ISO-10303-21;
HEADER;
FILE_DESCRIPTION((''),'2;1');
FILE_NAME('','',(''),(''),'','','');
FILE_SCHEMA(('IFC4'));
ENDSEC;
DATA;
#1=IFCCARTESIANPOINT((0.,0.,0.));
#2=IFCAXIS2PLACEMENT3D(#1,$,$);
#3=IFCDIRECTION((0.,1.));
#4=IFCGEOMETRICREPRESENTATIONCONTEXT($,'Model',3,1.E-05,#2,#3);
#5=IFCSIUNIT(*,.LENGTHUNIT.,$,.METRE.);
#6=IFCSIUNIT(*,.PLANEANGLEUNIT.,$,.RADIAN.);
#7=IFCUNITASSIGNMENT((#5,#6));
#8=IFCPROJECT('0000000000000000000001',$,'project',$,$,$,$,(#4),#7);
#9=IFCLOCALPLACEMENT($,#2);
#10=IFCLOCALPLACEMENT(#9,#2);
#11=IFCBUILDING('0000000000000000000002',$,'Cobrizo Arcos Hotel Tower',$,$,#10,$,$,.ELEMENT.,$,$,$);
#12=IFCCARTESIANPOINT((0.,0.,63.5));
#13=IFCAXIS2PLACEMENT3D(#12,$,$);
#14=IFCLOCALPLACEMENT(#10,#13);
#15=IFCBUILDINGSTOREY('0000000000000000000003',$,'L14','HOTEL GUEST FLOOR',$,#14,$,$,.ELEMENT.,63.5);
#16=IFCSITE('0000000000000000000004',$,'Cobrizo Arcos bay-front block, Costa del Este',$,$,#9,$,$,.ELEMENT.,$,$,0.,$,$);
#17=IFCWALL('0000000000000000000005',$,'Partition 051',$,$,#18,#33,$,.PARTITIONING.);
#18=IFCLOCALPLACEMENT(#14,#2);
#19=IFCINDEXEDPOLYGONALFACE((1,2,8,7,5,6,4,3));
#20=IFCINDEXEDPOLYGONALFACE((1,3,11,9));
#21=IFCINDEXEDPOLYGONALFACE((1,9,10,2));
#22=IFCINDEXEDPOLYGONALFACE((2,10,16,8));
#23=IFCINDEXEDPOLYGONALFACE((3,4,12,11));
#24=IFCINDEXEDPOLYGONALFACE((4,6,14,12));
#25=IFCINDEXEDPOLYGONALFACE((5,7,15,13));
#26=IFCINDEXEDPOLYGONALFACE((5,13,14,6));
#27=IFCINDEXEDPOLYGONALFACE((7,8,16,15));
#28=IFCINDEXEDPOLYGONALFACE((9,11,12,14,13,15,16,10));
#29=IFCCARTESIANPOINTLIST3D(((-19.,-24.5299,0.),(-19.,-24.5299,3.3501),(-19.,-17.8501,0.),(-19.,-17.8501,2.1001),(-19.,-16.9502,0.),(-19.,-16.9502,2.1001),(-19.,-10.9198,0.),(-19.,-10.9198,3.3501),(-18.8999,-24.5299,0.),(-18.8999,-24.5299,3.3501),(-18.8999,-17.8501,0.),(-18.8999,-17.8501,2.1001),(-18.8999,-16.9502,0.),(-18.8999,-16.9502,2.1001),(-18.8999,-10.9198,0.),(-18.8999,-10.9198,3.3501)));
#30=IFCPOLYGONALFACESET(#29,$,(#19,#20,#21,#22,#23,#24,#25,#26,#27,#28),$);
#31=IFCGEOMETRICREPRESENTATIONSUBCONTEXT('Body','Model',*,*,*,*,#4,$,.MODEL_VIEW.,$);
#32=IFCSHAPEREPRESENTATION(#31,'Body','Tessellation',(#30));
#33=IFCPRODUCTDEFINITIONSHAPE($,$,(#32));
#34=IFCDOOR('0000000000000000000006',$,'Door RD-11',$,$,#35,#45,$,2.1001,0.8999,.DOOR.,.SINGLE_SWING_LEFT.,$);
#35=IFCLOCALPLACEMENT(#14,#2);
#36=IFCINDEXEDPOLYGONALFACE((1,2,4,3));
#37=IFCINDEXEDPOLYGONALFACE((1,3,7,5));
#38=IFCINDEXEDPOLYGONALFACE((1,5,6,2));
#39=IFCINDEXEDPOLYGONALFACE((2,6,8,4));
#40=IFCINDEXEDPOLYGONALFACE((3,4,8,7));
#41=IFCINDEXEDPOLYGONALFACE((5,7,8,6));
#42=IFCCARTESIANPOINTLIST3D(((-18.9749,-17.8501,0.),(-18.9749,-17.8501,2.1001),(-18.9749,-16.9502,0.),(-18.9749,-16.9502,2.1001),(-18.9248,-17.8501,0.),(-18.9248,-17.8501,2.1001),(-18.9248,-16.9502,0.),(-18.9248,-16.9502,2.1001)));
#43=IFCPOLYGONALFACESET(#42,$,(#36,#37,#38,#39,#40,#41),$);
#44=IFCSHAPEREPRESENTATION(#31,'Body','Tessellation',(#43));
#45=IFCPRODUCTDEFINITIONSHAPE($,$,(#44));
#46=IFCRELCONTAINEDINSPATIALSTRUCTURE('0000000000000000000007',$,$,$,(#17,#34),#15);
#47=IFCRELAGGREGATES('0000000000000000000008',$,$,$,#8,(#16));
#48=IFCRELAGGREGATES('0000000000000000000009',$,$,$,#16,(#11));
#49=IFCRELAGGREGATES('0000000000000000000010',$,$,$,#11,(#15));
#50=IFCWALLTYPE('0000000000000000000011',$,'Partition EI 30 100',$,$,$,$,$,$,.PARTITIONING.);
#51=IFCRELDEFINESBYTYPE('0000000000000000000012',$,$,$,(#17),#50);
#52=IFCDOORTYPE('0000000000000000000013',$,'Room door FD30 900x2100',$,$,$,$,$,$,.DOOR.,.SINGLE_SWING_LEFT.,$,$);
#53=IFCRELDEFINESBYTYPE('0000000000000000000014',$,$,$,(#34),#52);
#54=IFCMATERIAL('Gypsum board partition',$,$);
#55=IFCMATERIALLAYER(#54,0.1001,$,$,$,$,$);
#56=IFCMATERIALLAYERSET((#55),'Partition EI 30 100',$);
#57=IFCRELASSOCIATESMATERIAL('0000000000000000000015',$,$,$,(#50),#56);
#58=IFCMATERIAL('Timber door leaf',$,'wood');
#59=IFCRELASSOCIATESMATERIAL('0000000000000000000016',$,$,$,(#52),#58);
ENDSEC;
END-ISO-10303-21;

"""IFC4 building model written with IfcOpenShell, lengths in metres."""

from ifc_helpers import new_model, si_unit, direction, frame, frame_2d, origin, place, context, subcontext, project, spatial, rectangle, extrude, material, layer, layer_set, type_object, element, fill, save


model = new_model("IFC4")

# Units and contexts
model_context = context("Model", 3, precision=1e-05, world=origin(), true_north=direction((0.0, 1.0)))
body_context = subcontext(model_context, "Body", "Model", "MODEL_VIEW")
ifc_project = project(units=[si_unit("LENGTHUNIT", "METRE"), si_unit("PLANEANGLEUNIT", "RADIAN")], contexts=[model_context])

# Site, building, storey
site_placement = place(None, origin())
site = spatial("IfcSite", under=ifc_project, at=site_placement, Name="Cobrizo Arcos bay-front block, Costa del Este", CompositionType="ELEMENT", RefElevation=0.0)
building_placement = place(site_placement, origin())
building = spatial("IfcBuilding", under=site, at=building_placement, Name="Cobrizo Arcos Hotel Tower", CompositionType="ELEMENT")
storey_placement = place(building_placement, frame((0.0, 0.0, 63.5)))
storey = spatial("IfcBuildingStorey", under=building, at=storey_placement, Name="L14", Description="HOTEL GUEST FLOOR", CompositionType="ELEMENT", Elevation=63.5)

# Wall, opening, door
ifc_material_1 = material(Name="Gypsum board partition")
ifc_layer_1 = layer(ifc_material_1, 0.1001)
ifc_layer_set_1 = layer_set([ifc_layer_1], Name="Partition EI 30 100")
wall_type = type_object("IfcWallType", Name="Partition EI 30 100", PredefinedType="PARTITIONING", material=ifc_layer_set_1)
wall_placement = place(storey_placement, frame((-18.95, -24.53, 0.0), z_axis=(0.0, 0.0, 1.0), x_axis=(0.0, 1.0, 0.0)))
wall = element("IfcWall", 1, at=wall_placement, inside=storey, type_object=wall_type, Name="Partition 051", PredefinedType="PARTITIONING", context=body_context, shape_type="SweptSolid", body=[
    extrude(rectangle(XDim=13.6101, YDim=0.1001, at=frame_2d((6.8052, 0.0))), origin(), (0.0, 0.0, 1.0), 3.3501),
])
opening_placement = place(wall_placement, frame((6.6799, 0.0, 0.0)))
opening = element("IfcOpeningElement", 2, at=opening_placement, cuts=wall, PredefinedType="OPENING", context=body_context, shape_type="SweptSolid", body=[
    extrude(rectangle(XDim=0.8999, YDim=2.1001, at=frame_2d((0.45, 1.05))), frame((0.0, 0.062, 0.0), z_axis=(0.0, -1.0, 0.0), x_axis=(1.0, 0.0, 0.0)), (0.0, 0.0, 1.0), 0.124),
])
ifc_material_2 = material(Name="Timber door leaf", Category="wood")
door_type = type_object("IfcDoorType", Name="Room door FD30 900x2100", OperationType="SINGLE_SWING_LEFT", PredefinedType="DOOR", material=ifc_material_2)
door_placement = place(opening_placement, origin())
door = element("IfcDoor", 3, at=door_placement, inside=storey, type_object=door_type, Name="Door RD-11", OperationType="SINGLE_SWING_LEFT", OverallHeight=2.1001, OverallWidth=0.8999, PredefinedType="DOOR", context=body_context, shape_type="SweptSolid", body=[
    extrude(rectangle(XDim=0.8999, YDim=2.1001, at=frame_2d((0.45, 1.05))), frame((0.0, 0.0249, 0.0), z_axis=(0.0, -1.0, 0.0), x_axis=(1.0, 0.0, 0.0)), (0.0, 0.0, 1.0), 0.05),
])
fill(opening, door)

save(model, "model.ifc")
